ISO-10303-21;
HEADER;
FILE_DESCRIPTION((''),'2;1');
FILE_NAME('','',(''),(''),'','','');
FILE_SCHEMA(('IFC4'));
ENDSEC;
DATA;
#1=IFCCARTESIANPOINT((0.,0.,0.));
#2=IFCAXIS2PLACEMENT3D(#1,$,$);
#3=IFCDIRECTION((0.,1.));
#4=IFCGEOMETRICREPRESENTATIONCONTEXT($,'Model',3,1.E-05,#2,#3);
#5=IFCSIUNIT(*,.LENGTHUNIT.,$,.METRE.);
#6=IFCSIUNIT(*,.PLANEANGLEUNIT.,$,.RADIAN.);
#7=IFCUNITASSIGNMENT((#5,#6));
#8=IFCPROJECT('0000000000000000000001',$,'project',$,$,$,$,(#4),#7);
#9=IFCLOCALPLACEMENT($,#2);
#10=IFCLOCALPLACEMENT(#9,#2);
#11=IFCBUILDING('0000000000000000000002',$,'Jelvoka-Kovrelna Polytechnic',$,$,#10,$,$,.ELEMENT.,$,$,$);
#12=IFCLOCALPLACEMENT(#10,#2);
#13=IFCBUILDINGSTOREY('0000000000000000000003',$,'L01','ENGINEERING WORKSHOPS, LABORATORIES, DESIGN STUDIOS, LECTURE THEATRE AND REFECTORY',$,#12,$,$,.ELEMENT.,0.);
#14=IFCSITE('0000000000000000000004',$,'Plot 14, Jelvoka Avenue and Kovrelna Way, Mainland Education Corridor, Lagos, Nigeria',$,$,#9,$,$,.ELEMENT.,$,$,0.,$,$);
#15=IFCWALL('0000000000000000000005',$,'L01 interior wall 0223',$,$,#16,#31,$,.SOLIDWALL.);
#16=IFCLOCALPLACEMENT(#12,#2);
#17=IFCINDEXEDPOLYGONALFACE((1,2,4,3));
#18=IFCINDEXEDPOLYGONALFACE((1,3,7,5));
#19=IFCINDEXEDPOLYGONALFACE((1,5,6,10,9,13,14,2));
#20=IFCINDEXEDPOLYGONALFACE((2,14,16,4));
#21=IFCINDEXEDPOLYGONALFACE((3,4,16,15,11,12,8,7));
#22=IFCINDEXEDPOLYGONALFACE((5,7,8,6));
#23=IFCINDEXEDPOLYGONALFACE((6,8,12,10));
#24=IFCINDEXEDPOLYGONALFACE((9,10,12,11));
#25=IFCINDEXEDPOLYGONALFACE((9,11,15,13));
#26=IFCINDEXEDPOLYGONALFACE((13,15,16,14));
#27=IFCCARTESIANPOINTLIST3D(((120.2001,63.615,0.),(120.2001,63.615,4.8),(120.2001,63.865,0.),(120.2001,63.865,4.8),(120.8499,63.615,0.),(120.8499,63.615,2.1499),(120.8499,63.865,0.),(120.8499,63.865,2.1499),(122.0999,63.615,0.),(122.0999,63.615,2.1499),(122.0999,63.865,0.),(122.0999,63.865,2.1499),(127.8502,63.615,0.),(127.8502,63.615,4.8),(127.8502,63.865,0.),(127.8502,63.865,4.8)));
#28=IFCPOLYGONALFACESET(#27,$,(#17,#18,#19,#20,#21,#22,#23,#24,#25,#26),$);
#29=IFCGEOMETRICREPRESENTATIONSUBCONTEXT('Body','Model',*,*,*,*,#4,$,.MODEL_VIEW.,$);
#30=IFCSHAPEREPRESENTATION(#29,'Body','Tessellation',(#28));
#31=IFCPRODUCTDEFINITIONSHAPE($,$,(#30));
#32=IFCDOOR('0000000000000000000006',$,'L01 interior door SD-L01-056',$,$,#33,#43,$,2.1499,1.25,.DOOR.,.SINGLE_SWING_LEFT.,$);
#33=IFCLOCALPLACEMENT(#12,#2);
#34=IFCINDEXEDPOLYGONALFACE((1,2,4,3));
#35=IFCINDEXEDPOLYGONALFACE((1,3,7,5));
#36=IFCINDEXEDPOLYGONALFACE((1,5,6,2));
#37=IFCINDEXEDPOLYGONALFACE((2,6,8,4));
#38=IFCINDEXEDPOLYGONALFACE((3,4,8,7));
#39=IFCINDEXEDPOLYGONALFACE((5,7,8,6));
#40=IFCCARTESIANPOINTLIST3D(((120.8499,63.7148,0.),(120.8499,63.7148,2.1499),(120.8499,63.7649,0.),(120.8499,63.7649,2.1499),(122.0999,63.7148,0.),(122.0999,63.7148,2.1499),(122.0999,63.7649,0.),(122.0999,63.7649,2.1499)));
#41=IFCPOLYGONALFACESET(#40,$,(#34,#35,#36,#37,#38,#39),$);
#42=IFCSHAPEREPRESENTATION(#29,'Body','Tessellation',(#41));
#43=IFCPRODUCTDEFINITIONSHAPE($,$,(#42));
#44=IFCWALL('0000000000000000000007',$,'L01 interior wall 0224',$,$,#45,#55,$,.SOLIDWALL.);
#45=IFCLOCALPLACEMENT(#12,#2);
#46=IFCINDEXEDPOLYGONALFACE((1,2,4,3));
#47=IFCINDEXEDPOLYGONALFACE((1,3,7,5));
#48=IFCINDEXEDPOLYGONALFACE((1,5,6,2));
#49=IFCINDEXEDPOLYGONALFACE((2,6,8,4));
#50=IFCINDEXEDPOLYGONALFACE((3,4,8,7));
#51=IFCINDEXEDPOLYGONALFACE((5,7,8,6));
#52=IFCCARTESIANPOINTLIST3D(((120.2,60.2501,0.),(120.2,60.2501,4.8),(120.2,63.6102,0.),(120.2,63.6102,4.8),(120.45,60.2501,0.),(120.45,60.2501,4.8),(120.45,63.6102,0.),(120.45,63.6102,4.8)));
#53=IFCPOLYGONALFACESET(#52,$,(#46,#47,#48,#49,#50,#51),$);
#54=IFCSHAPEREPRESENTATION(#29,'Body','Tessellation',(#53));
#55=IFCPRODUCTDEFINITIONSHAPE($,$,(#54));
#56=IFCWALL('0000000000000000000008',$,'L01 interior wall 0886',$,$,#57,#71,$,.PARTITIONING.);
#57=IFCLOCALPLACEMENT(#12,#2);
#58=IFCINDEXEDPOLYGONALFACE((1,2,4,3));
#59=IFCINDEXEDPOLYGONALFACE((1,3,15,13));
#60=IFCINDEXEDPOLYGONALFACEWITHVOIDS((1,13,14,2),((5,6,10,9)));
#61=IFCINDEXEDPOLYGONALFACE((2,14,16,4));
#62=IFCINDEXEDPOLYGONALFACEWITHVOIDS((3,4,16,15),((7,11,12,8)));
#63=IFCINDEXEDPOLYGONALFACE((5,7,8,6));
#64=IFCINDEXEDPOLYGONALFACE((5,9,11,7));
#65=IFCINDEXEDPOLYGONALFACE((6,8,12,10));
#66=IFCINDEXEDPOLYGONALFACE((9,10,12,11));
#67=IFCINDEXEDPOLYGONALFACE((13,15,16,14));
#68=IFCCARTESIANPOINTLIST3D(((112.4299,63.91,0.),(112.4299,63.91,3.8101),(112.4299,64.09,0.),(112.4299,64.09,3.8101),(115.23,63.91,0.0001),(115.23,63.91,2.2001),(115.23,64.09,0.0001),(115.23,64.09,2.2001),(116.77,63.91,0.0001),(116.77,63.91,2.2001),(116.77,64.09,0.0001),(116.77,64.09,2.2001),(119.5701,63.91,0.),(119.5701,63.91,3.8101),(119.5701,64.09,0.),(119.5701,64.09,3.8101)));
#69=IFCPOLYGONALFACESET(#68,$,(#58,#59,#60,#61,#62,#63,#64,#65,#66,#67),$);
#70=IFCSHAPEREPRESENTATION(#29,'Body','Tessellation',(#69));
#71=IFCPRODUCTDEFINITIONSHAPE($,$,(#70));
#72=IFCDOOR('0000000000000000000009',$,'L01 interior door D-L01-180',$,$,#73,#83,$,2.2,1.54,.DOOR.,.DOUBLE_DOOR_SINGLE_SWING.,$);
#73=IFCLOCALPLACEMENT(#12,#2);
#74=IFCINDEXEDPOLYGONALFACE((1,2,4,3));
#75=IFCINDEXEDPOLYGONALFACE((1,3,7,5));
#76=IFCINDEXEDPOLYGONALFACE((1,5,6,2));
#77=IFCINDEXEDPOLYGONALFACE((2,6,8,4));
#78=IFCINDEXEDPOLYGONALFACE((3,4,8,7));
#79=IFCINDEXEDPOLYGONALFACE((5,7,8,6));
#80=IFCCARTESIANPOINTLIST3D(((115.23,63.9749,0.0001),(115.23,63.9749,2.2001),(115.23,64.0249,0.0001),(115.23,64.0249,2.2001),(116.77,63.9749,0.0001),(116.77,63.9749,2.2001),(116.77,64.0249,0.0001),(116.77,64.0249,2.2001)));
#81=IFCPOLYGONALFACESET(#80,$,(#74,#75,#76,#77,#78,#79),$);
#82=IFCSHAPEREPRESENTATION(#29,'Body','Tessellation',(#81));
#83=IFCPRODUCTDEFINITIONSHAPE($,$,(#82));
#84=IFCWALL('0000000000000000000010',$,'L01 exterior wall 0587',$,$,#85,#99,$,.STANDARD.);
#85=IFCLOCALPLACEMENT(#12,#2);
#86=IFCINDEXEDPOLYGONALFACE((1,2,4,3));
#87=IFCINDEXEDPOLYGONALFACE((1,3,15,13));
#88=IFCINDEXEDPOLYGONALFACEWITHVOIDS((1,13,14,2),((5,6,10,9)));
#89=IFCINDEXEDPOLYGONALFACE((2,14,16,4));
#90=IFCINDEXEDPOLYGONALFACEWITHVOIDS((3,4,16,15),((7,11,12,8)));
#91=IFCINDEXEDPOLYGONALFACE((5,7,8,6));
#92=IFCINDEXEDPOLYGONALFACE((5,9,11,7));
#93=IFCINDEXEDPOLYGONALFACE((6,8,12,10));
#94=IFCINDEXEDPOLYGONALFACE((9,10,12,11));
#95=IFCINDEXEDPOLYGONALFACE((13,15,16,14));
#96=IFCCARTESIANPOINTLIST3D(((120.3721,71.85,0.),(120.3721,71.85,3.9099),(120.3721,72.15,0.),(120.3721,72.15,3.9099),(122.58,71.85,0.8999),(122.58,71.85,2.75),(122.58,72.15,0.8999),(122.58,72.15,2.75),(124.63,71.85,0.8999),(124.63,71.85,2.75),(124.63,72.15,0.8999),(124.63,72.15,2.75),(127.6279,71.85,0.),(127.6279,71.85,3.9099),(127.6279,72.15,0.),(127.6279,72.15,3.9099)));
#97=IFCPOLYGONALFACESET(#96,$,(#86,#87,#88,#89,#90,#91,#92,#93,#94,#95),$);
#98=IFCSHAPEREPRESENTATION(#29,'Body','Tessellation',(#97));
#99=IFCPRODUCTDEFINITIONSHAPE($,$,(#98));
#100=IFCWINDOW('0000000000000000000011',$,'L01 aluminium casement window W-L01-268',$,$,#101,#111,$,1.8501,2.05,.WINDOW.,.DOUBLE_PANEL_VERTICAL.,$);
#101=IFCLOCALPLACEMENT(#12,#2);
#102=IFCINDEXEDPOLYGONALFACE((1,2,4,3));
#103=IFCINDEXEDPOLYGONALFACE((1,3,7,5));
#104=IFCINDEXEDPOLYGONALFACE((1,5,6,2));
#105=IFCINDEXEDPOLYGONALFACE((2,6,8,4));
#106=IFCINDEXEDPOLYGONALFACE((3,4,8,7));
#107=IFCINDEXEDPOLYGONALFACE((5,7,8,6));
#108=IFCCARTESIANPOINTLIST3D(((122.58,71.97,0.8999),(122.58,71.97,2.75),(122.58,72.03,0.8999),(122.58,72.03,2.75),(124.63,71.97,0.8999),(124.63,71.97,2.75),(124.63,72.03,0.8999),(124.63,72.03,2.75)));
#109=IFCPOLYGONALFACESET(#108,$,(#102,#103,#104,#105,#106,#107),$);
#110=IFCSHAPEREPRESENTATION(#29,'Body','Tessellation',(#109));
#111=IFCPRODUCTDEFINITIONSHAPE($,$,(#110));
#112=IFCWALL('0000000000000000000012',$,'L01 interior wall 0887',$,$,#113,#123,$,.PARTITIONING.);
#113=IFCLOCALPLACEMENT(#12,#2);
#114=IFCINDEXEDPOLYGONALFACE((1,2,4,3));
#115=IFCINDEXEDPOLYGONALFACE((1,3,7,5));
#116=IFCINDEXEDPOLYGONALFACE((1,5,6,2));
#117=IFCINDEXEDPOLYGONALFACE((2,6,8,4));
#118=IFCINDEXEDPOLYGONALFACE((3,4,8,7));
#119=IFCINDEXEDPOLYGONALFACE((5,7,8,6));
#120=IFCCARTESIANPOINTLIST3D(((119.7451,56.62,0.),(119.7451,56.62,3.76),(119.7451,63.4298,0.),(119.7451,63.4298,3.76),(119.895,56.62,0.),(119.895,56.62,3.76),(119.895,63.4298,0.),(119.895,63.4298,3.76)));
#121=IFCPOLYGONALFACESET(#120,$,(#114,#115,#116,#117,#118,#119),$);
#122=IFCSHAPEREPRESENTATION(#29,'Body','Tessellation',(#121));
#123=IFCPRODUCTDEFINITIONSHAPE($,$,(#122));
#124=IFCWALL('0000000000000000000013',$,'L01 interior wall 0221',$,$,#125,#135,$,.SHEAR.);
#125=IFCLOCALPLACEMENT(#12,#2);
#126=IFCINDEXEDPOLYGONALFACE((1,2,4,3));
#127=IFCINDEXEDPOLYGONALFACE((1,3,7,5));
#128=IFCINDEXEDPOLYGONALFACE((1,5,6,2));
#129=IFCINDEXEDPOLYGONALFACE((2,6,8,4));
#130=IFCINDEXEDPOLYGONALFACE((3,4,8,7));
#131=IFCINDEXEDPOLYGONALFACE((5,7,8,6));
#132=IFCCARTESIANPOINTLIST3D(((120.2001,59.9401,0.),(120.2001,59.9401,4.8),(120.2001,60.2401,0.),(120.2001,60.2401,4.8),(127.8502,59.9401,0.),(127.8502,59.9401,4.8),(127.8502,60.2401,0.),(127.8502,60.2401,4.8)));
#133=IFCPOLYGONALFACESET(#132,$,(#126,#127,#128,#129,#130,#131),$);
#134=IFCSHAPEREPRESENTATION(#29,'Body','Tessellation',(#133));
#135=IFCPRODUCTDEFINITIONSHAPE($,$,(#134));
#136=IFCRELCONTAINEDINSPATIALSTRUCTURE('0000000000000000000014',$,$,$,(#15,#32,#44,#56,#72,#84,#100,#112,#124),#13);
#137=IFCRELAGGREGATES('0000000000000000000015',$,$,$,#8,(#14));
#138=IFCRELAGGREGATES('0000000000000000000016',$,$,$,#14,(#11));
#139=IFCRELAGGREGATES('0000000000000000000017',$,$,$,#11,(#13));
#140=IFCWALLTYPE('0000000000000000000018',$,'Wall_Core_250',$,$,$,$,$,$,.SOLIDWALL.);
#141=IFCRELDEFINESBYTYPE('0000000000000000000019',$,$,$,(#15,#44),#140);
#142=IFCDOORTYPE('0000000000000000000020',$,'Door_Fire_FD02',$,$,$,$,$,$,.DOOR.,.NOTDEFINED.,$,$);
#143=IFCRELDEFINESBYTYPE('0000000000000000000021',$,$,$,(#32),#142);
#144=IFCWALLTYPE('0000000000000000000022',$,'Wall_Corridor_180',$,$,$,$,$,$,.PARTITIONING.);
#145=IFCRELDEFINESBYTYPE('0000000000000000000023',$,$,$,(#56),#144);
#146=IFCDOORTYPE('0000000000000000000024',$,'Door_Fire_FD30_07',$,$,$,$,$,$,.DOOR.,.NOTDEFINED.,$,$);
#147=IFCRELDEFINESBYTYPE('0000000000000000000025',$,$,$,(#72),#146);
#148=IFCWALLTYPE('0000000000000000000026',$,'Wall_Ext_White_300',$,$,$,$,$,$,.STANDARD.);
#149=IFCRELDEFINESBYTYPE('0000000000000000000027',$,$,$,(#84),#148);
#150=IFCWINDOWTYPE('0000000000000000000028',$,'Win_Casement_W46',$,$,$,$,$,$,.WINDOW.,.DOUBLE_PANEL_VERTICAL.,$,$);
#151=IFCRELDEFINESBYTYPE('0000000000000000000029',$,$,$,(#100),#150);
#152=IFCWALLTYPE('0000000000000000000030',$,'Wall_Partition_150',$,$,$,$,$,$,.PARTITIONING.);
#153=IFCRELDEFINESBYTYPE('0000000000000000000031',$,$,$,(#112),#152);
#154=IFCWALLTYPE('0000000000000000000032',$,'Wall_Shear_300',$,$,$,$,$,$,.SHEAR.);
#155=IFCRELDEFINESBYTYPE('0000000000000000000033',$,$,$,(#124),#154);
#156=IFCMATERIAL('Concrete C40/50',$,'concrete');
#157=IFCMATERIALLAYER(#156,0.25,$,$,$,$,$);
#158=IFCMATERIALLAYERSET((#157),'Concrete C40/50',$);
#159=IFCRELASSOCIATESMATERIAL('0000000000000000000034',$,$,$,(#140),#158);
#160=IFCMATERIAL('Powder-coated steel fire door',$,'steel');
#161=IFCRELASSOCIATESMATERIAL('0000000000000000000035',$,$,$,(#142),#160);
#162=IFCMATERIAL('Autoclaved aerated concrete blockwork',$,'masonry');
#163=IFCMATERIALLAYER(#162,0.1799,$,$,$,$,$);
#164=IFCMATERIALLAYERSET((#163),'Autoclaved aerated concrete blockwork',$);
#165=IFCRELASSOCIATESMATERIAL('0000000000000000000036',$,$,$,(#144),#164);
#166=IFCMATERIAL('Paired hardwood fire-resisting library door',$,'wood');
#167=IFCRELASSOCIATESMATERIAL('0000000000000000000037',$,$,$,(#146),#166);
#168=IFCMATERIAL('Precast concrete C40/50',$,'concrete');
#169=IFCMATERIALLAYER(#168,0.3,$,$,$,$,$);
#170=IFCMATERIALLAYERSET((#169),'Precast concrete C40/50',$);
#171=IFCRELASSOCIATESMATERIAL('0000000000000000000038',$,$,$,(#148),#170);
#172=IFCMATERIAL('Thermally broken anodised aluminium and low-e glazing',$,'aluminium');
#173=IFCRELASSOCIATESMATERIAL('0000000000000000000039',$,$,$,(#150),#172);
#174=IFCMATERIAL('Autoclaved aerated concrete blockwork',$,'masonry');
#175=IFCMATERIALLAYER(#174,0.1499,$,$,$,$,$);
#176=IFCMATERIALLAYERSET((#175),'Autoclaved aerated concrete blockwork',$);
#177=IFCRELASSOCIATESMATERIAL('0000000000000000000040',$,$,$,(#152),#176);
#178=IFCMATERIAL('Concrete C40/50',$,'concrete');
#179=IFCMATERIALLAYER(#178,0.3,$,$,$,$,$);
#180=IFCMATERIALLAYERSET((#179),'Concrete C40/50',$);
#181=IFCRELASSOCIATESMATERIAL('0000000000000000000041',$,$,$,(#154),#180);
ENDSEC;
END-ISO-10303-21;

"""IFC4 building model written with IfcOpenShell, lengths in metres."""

from ifc_helpers import new_model, si_unit, direction, frame, frame_2d, origin, place, context, subcontext, project, spatial, rectangle, extrude, material, layer, layer_set, type_object, element, fill, save


model = new_model("IFC4")

# Units and contexts
model_context = context("Model", 3, precision=1e-05, world=origin(), true_north=direction((0.0, 1.0)))
body_context = subcontext(model_context, "Body", "Model", "MODEL_VIEW")
ifc_project = project(units=[si_unit("LENGTHUNIT", "METRE"), si_unit("PLANEANGLEUNIT", "RADIAN")], contexts=[model_context])

# Site, building, storey
site_placement = place(None, origin())
site = spatial("IfcSite", under=ifc_project, at=site_placement, Name="Plot 14, Jelvoka Avenue and Kovrelna Way, Mainland Education Corridor, Lagos, Nigeria", CompositionType="ELEMENT", RefElevation=0.0)
building_placement = place(site_placement, origin())
building = spatial("IfcBuilding", under=site, at=building_placement, Name="Jelvoka-Kovrelna Polytechnic", CompositionType="ELEMENT")
storey_placement = place(building_placement, origin())
storey = spatial("IfcBuildingStorey", under=building, at=storey_placement, Name="L01", Description="ENGINEERING WORKSHOPS, LABORATORIES, DESIGN STUDIOS, LECTURE THEATRE AND REFECTORY", CompositionType="ELEMENT", Elevation=0.0)

# Wall, opening, door
ifc_material_1 = material(Name="Concrete C40/50", Category="concrete")
ifc_layer_1 = layer(ifc_material_1, 0.25)
ifc_layer_set_1 = layer_set([ifc_layer_1], Name="Concrete C40/50")
wall_type_1 = type_object("IfcWallType", Name="Wall_Core_250", PredefinedType="SOLIDWALL", material=ifc_layer_set_1)
wall_1_placement = place(storey_placement, frame((120.2, 63.74, 0.0), z_axis=(0.0, 0.0, 1.0), x_axis=(1.0, 0.0, 0.0)))
wall_1 = element("IfcWall", 1, at=wall_1_placement, inside=storey, type_object=wall_type_1, Name="L01 interior wall 0223", PredefinedType="SOLIDWALL", context=body_context, shape_type="SweptSolid", body=[
    extrude(rectangle(XDim=7.6501, YDim=0.25, at=frame_2d((3.8252, 0.0))), origin(), (0.0, 0.0, 1.0), 4.8),
])
opening_1_placement = place(wall_1_placement, frame((0.6499, 0.0, 0.0)))
opening_1 = element("IfcOpeningElement", 2, at=opening_1_placement, cuts=wall_1, PredefinedType="OPENING", context=body_context, shape_type="SweptSolid", body=[
    extrude(rectangle(XDim=1.25, YDim=2.1499, at=frame_2d((0.625, 1.075))), frame((0.0, 0.135, 0.0), z_axis=(0.0, -1.0, 0.0), x_axis=(1.0, 0.0, 0.0)), (0.0, 0.0, 1.0), 0.27),
])
ifc_material_2 = material(Name="Powder-coated steel fire door", Category="steel")
door_type_1 = type_object("IfcDoorType", Name="Door_Fire_FD02", OperationType="NOTDEFINED", PredefinedType="DOOR", material=ifc_material_2)
door_1_placement = place(opening_1_placement, origin())
door_1 = element("IfcDoor", 3, at=door_1_placement, inside=storey, type_object=door_type_1, Name="L01 interior door SD-L01-056", OperationType="SINGLE_SWING_LEFT", OverallHeight=2.1499, OverallWidth=1.25, PredefinedType="DOOR", context=body_context, shape_type="SweptSolid", body=[
    extrude(rectangle(XDim=1.25, YDim=2.1499, at=frame_2d((0.625, 1.075))), frame((0.0, 0.0249, 0.0), z_axis=(0.0, -1.0, 0.0), x_axis=(1.0, 0.0, 0.0)), (0.0, 0.0, 1.0), 0.05),
])
fill(opening_1, door_1)

# Wall
wall_2_placement = place(storey_placement, frame((120.325, 60.25, 0.0), z_axis=(0.0, 0.0, 1.0), x_axis=(0.0, 1.0, 0.0)))
element("IfcWall", 4, at=wall_2_placement, inside=storey, type_object=wall_type_1, Name="L01 interior wall 0224", PredefinedType="SOLIDWALL", context=body_context, shape_type="SweptSolid", body=[
    extrude(rectangle(XDim=3.3601, YDim=0.25, at=frame_2d((1.6802, 0.0))), origin(), (0.0, 0.0, 1.0), 4.8),
])

# Wall, opening, door
ifc_material_3 = material(Name="Autoclaved aerated concrete blockwork", Category="masonry")
ifc_layer_2 = layer(ifc_material_3, 0.1799)
ifc_layer_set_2 = layer_set([ifc_layer_2], Name="Autoclaved aerated concrete blockwork")
wall_type_2 = type_object("IfcWallType", Name="Wall_Corridor_180", PredefinedType="PARTITIONING", material=ifc_layer_set_2)
wall_3_placement = place(storey_placement, frame((112.4299, 64.0, 0.0), z_axis=(0.0, 0.0, 1.0), x_axis=(1.0, 0.0, 0.0)))
wall_3 = element("IfcWall", 5, at=wall_3_placement, inside=storey, type_object=wall_type_2, Name="L01 interior wall 0886", PredefinedType="PARTITIONING", context=body_context, shape_type="SweptSolid", body=[
    extrude(rectangle(XDim=7.1401, YDim=0.1799, at=frame_2d((3.5701, 0.0))), origin(), (0.0, 0.0, 1.0), 3.8101),
])
opening_2_placement = place(wall_3_placement, frame((2.8, 0.0, 0.0)))
opening_2 = element("IfcOpeningElement", 6, at=opening_2_placement, cuts=wall_3, PredefinedType="OPENING", context=body_context, shape_type="SweptSolid", body=[
    extrude(rectangle(XDim=1.54, YDim=2.2, at=frame_2d((0.77, 1.1001))), frame((0.0, 0.0999, 0.0), z_axis=(0.0, -1.0, 0.0), x_axis=(1.0, 0.0, 0.0)), (0.0, 0.0, 1.0), 0.2),
])
ifc_material_4 = material(Name="Paired hardwood fire-resisting library door", Category="wood")
door_type_2 = type_object("IfcDoorType", Name="Door_Fire_FD30_07", OperationType="NOTDEFINED", PredefinedType="DOOR", material=ifc_material_4)
door_2_placement = place(opening_2_placement, origin())
door_2 = element("IfcDoor", 7, at=door_2_placement, inside=storey, type_object=door_type_2, Name="L01 interior door D-L01-180", OperationType="DOUBLE_DOOR_SINGLE_SWING", OverallHeight=2.2, OverallWidth=1.54, PredefinedType="DOOR", context=body_context, shape_type="SweptSolid", body=[
    extrude(rectangle(XDim=1.54, YDim=2.2, at=frame_2d((0.77, 1.1001))), frame((0.0, 0.0249, 0.0), z_axis=(0.0, -1.0, 0.0), x_axis=(1.0, 0.0, 0.0)), (0.0, 0.0, 1.0), 0.05),
])
fill(opening_2, door_2)
ifc_material_5 = material(Name="Precast concrete C40/50", Category="concrete")
ifc_layer_3 = layer(ifc_material_5, 0.3)
ifc_layer_set_3 = layer_set([ifc_layer_3], Name="Precast concrete C40/50")
wall_type_3 = type_object("IfcWallType", Name="Wall_Ext_White_300", PredefinedType="STANDARD", material=ifc_layer_set_3)

# Wall, opening, window
wall_4_placement = place(storey_placement, frame((120.3721, 72.0, 0.0), z_axis=(0.0, 0.0, 1.0), x_axis=(1.0, 0.0, 0.0)))
wall_4 = element("IfcWall", 8, at=wall_4_placement, inside=storey, type_object=wall_type_3, Name="L01 exterior wall 0587", PredefinedType="STANDARD", context=body_context, shape_type="SweptSolid", body=[
    extrude(rectangle(XDim=7.2559, YDim=0.3, at=frame_2d((3.6279, 0.0))), origin(), (0.0, 0.0, 1.0), 3.9099),
])
opening_3_placement = place(wall_4_placement, frame((2.208, 0.0, 0.8999)))
opening_3 = element("IfcOpeningElement", 9, at=opening_3_placement, cuts=wall_4, PredefinedType="OPENING", context=body_context, shape_type="SweptSolid", body=[
    extrude(rectangle(XDim=2.05, YDim=1.8501, at=frame_2d((1.0249, 0.925))), frame((0.0, 0.1599, 0.0), z_axis=(0.0, -1.0, 0.0), x_axis=(1.0, 0.0, 0.0)), (0.0, 0.0, 1.0), 0.3201),
])
ifc_material_6 = material(Name="Thermally broken anodised aluminium and low-e glazing", Category="aluminium")
window_type = type_object("IfcWindowType", Name="Win_Casement_W46", PartitioningType="DOUBLE_PANEL_VERTICAL", PredefinedType="WINDOW", material=ifc_material_6)
window_placement = place(opening_3_placement, origin())
window = element("IfcWindow", 10, at=window_placement, inside=storey, type_object=window_type, Name="L01 aluminium casement window W-L01-268", OverallHeight=1.8501, OverallWidth=2.05, PartitioningType="DOUBLE_PANEL_VERTICAL", PredefinedType="WINDOW", context=body_context, shape_type="SweptSolid", body=[
    extrude(rectangle(XDim=2.05, YDim=1.8501, at=frame_2d((1.0249, 0.925))), frame((0.0, 0.03, 0.0), z_axis=(0.0, -1.0, 0.0), x_axis=(1.0, 0.0, 0.0)), (0.0, 0.0, 1.0), 0.0601),
])
fill(opening_3, window)

# Walls
ifc_material_7 = material(Name="Autoclaved aerated concrete blockwork", Category="masonry")
ifc_layer_4 = layer(ifc_material_7, 0.1499)
ifc_layer_set_4 = layer_set([ifc_layer_4], Name="Autoclaved aerated concrete blockwork")
wall_type_4 = type_object("IfcWallType", Name="Wall_Partition_150", PredefinedType="PARTITIONING", material=ifc_layer_set_4)
wall_5_placement = place(storey_placement, frame((119.8201, 56.6201, 0.0), z_axis=(0.0, 0.0, 1.0), x_axis=(0.0, 1.0, 0.0)))
element("IfcWall", 11, at=wall_5_placement, inside=storey, type_object=wall_type_4, Name="L01 interior wall 0887", PredefinedType="PARTITIONING", context=body_context, shape_type="SweptSolid", body=[
    extrude(rectangle(XDim=6.8098, YDim=0.1499, at=frame_2d((3.4048, 0.0))), origin(), (0.0, 0.0, 1.0), 3.76),
])
ifc_material_8 = material(Name="Concrete C40/50", Category="concrete")
ifc_layer_5 = layer(ifc_material_8, 0.3)
ifc_layer_set_5 = layer_set([ifc_layer_5], Name="Concrete C40/50")
wall_type_5 = type_object("IfcWallType", Name="Wall_Shear_300", PredefinedType="SHEAR", material=ifc_layer_set_5)
wall_6_placement = place(storey_placement, frame((120.2, 60.0901, 0.0), z_axis=(0.0, 0.0, 1.0), x_axis=(1.0, 0.0, 0.0)))
element("IfcWall", 12, at=wall_6_placement, inside=storey, type_object=wall_type_5, Name="L01 interior wall 0221", PredefinedType="SHEAR", context=body_context, shape_type="SweptSolid", body=[
    extrude(rectangle(XDim=7.6501, YDim=0.3, at=frame_2d((3.8252, 0.0))), origin(), (0.0, 0.0, 1.0), 4.8),
])

save(model, "model.ifc")
